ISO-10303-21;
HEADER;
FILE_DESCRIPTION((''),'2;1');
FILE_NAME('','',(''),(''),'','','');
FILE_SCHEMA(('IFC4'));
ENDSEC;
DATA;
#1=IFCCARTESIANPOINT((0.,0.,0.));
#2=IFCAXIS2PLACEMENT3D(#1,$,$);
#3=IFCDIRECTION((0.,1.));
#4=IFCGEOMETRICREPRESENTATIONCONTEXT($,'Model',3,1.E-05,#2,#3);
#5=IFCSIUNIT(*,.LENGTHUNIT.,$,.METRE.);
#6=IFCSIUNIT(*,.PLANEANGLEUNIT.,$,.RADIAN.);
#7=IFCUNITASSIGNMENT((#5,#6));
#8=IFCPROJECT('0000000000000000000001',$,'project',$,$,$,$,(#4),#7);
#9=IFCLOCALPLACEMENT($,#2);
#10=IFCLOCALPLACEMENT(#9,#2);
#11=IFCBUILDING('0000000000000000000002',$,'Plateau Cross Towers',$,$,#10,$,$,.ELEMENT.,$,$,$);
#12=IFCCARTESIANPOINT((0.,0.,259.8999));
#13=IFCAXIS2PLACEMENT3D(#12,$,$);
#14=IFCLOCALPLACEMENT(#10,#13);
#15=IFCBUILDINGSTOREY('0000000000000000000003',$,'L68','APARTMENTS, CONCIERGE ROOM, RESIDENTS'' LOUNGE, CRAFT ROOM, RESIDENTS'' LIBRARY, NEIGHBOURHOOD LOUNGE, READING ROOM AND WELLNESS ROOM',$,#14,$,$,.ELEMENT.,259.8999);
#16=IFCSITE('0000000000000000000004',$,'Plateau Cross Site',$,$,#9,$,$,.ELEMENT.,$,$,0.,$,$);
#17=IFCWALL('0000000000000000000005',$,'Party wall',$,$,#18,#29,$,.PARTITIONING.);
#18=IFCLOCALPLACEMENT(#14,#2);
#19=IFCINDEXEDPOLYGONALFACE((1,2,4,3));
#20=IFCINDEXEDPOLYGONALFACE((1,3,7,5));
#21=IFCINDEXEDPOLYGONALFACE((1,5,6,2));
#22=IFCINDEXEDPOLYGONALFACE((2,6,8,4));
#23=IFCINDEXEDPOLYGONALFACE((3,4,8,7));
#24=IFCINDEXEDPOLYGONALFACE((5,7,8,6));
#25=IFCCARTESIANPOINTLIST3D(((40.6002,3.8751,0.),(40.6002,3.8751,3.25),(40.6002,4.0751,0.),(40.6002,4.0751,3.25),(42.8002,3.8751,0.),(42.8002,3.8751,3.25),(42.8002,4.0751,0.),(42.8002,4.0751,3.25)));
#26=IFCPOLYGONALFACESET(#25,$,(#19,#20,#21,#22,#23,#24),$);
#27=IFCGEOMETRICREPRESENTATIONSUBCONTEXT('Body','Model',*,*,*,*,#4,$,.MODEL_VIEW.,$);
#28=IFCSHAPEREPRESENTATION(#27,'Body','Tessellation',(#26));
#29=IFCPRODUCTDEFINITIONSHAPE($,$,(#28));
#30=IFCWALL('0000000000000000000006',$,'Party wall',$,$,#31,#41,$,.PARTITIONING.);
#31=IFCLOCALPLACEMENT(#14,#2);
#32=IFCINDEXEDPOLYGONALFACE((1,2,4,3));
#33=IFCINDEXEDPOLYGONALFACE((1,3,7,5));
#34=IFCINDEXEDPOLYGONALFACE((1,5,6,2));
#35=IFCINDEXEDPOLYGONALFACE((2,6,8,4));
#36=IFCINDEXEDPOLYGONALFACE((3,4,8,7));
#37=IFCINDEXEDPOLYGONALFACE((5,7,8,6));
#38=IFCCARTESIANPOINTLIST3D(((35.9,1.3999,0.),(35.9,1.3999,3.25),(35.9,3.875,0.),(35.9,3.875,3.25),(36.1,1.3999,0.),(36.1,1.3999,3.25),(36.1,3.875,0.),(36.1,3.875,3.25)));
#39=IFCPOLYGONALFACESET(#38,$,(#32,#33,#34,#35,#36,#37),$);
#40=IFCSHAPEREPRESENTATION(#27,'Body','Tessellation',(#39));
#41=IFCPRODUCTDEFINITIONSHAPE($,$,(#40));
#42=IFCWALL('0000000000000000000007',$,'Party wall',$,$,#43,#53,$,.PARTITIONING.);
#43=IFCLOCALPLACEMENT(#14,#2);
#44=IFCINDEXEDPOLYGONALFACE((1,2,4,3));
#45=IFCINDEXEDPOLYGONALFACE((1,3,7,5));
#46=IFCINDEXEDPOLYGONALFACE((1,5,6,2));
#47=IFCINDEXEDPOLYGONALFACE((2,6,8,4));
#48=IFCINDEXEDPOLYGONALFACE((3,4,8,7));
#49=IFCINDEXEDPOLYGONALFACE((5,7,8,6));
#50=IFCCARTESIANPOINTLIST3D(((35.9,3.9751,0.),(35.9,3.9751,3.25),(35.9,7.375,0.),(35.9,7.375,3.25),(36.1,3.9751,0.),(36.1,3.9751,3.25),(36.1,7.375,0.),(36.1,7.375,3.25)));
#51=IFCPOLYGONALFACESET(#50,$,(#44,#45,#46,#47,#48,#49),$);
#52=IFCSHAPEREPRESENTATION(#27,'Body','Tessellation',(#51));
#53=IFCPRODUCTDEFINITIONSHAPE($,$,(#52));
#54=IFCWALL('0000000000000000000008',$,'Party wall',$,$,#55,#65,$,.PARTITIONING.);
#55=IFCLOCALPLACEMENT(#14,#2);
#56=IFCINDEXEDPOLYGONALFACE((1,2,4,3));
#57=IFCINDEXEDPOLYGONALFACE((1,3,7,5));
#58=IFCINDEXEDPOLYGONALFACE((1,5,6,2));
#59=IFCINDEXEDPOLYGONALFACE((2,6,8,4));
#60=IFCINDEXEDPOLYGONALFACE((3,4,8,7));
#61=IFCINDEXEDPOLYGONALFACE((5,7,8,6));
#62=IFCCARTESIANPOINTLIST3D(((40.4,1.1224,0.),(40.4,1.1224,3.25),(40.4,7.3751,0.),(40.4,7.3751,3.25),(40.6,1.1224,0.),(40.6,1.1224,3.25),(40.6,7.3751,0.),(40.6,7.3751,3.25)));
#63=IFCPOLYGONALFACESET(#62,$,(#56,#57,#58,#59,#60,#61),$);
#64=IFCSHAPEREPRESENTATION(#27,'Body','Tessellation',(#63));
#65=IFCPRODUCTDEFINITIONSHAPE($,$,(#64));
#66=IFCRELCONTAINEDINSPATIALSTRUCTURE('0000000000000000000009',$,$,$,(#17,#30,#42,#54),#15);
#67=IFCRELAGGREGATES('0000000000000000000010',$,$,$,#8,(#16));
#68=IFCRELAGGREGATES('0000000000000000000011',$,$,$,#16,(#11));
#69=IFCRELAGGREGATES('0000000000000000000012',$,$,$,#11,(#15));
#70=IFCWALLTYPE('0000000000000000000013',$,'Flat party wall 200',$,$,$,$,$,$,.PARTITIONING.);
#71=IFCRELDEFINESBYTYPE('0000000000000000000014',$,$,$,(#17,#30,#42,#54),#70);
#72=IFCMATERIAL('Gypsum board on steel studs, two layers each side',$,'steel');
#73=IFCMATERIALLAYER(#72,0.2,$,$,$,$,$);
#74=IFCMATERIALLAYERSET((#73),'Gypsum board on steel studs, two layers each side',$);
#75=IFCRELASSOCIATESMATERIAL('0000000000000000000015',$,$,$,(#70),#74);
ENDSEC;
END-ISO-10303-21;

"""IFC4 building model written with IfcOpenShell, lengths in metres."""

from ifc_helpers import new_model, si_unit, direction, frame, frame_2d, origin, place, context, subcontext, project, spatial, rectangle, extrude, material, layer, layer_set, type_object, element, save


model = new_model("IFC4")

# Units and contexts
model_context = context("Model", 3, precision=1e-05, world=origin(), true_north=direction((0.0, 1.0)))
body_context = subcontext(model_context, "Body", "Model", "MODEL_VIEW")
ifc_project = project(units=[si_unit("LENGTHUNIT", "METRE"), si_unit("PLANEANGLEUNIT", "RADIAN")], contexts=[model_context])

# Site, building, storey
site_placement = place(None, origin())
site = spatial("IfcSite", under=ifc_project, at=site_placement, Name="Plateau Cross Site", CompositionType="ELEMENT", RefElevation=0.0)
building_placement = place(site_placement, origin())
building = spatial("IfcBuilding", under=site, at=building_placement, Name="Plateau Cross Towers", CompositionType="ELEMENT")
storey_placement = place(building_placement, frame((0.0, 0.0, 259.8999)))
storey = spatial("IfcBuildingStorey", under=building, at=storey_placement, Name="L68", Description="APARTMENTS, CONCIERGE ROOM, RESIDENTS' LOUNGE, CRAFT ROOM, RESIDENTS' LIBRARY, NEIGHBOURHOOD LOUNGE, READING ROOM AND WELLNESS ROOM", CompositionType="ELEMENT", Elevation=259.8999)

# Walls
ifc_material_1 = material(Name="Gypsum board on steel studs, two layers each side", Category="steel")
ifc_layer_1 = layer(ifc_material_1, 0.2)
ifc_layer_set_1 = layer_set([ifc_layer_1], Name="Gypsum board on steel studs, two layers each side")
wall_type_1 = type_object("IfcWallType", Name="Flat party wall 200", PredefinedType="PARTITIONING", material=ifc_layer_set_1)
wall_1_placement = place(storey_placement, frame((40.6001, 3.9751, 0.0), z_axis=(0.0, 0.0, 1.0), x_axis=(1.0, 0.0, 0.0)))
element("IfcWall", 1, at=wall_1_placement, inside=storey, type_object=wall_type_1, Name="Party wall", PredefinedType="PARTITIONING", context=body_context, shape_type="SweptSolid", body=[
    extrude(rectangle(XDim=2.2, YDim=0.2, at=frame_2d((1.1001, 0.0))), origin(), (0.0, 0.0, 1.0), 3.25),
])
wall_2_placement = place(storey_placement, frame((36.0, 3.875, 0.0), z_axis=(0.0, 0.0, 1.0), x_axis=(0.0, -1.0, 0.0)))
element("IfcWall", 2, at=wall_2_placement, inside=storey, type_object=wall_type_1, Name="Party wall", PredefinedType="PARTITIONING", context=body_context, shape_type="SweptSolid", body=[
    extrude(rectangle(XDim=2.4751, YDim=0.2, at=frame_2d((1.2375, 0.0))), origin(), (0.0, 0.0, 1.0), 3.25),
])
wall_3_placement = place(storey_placement, frame((36.0, 3.9751, 0.0), z_axis=(0.0, 0.0, 1.0), x_axis=(0.0, 1.0, 0.0)))
element("IfcWall", 3, at=wall_3_placement, inside=storey, type_object=wall_type_1, Name="Party wall", PredefinedType="PARTITIONING", context=body_context, shape_type="SweptSolid", body=[
    extrude(rectangle(XDim=3.3999, YDim=0.2, at=frame_2d((1.7, 0.0))), origin(), (0.0, 0.0, 1.0), 3.25),
])
wall_4_placement = place(storey_placement, frame((40.5, 1.1223, 0.0), z_axis=(0.0, 0.0, 1.0), x_axis=(0.0, 1.0, 0.0)))
element("IfcWall", 4, at=wall_4_placement, inside=storey, type_object=wall_type_1, Name="Party wall", PredefinedType="PARTITIONING", context=body_context, shape_type="SweptSolid", body=[
    extrude(rectangle(XDim=6.2527, YDim=0.2, at=frame_2d((3.1265, 0.0))), origin(), (0.0, 0.0, 1.0), 3.25),
])

save(model, "model.ifc")
